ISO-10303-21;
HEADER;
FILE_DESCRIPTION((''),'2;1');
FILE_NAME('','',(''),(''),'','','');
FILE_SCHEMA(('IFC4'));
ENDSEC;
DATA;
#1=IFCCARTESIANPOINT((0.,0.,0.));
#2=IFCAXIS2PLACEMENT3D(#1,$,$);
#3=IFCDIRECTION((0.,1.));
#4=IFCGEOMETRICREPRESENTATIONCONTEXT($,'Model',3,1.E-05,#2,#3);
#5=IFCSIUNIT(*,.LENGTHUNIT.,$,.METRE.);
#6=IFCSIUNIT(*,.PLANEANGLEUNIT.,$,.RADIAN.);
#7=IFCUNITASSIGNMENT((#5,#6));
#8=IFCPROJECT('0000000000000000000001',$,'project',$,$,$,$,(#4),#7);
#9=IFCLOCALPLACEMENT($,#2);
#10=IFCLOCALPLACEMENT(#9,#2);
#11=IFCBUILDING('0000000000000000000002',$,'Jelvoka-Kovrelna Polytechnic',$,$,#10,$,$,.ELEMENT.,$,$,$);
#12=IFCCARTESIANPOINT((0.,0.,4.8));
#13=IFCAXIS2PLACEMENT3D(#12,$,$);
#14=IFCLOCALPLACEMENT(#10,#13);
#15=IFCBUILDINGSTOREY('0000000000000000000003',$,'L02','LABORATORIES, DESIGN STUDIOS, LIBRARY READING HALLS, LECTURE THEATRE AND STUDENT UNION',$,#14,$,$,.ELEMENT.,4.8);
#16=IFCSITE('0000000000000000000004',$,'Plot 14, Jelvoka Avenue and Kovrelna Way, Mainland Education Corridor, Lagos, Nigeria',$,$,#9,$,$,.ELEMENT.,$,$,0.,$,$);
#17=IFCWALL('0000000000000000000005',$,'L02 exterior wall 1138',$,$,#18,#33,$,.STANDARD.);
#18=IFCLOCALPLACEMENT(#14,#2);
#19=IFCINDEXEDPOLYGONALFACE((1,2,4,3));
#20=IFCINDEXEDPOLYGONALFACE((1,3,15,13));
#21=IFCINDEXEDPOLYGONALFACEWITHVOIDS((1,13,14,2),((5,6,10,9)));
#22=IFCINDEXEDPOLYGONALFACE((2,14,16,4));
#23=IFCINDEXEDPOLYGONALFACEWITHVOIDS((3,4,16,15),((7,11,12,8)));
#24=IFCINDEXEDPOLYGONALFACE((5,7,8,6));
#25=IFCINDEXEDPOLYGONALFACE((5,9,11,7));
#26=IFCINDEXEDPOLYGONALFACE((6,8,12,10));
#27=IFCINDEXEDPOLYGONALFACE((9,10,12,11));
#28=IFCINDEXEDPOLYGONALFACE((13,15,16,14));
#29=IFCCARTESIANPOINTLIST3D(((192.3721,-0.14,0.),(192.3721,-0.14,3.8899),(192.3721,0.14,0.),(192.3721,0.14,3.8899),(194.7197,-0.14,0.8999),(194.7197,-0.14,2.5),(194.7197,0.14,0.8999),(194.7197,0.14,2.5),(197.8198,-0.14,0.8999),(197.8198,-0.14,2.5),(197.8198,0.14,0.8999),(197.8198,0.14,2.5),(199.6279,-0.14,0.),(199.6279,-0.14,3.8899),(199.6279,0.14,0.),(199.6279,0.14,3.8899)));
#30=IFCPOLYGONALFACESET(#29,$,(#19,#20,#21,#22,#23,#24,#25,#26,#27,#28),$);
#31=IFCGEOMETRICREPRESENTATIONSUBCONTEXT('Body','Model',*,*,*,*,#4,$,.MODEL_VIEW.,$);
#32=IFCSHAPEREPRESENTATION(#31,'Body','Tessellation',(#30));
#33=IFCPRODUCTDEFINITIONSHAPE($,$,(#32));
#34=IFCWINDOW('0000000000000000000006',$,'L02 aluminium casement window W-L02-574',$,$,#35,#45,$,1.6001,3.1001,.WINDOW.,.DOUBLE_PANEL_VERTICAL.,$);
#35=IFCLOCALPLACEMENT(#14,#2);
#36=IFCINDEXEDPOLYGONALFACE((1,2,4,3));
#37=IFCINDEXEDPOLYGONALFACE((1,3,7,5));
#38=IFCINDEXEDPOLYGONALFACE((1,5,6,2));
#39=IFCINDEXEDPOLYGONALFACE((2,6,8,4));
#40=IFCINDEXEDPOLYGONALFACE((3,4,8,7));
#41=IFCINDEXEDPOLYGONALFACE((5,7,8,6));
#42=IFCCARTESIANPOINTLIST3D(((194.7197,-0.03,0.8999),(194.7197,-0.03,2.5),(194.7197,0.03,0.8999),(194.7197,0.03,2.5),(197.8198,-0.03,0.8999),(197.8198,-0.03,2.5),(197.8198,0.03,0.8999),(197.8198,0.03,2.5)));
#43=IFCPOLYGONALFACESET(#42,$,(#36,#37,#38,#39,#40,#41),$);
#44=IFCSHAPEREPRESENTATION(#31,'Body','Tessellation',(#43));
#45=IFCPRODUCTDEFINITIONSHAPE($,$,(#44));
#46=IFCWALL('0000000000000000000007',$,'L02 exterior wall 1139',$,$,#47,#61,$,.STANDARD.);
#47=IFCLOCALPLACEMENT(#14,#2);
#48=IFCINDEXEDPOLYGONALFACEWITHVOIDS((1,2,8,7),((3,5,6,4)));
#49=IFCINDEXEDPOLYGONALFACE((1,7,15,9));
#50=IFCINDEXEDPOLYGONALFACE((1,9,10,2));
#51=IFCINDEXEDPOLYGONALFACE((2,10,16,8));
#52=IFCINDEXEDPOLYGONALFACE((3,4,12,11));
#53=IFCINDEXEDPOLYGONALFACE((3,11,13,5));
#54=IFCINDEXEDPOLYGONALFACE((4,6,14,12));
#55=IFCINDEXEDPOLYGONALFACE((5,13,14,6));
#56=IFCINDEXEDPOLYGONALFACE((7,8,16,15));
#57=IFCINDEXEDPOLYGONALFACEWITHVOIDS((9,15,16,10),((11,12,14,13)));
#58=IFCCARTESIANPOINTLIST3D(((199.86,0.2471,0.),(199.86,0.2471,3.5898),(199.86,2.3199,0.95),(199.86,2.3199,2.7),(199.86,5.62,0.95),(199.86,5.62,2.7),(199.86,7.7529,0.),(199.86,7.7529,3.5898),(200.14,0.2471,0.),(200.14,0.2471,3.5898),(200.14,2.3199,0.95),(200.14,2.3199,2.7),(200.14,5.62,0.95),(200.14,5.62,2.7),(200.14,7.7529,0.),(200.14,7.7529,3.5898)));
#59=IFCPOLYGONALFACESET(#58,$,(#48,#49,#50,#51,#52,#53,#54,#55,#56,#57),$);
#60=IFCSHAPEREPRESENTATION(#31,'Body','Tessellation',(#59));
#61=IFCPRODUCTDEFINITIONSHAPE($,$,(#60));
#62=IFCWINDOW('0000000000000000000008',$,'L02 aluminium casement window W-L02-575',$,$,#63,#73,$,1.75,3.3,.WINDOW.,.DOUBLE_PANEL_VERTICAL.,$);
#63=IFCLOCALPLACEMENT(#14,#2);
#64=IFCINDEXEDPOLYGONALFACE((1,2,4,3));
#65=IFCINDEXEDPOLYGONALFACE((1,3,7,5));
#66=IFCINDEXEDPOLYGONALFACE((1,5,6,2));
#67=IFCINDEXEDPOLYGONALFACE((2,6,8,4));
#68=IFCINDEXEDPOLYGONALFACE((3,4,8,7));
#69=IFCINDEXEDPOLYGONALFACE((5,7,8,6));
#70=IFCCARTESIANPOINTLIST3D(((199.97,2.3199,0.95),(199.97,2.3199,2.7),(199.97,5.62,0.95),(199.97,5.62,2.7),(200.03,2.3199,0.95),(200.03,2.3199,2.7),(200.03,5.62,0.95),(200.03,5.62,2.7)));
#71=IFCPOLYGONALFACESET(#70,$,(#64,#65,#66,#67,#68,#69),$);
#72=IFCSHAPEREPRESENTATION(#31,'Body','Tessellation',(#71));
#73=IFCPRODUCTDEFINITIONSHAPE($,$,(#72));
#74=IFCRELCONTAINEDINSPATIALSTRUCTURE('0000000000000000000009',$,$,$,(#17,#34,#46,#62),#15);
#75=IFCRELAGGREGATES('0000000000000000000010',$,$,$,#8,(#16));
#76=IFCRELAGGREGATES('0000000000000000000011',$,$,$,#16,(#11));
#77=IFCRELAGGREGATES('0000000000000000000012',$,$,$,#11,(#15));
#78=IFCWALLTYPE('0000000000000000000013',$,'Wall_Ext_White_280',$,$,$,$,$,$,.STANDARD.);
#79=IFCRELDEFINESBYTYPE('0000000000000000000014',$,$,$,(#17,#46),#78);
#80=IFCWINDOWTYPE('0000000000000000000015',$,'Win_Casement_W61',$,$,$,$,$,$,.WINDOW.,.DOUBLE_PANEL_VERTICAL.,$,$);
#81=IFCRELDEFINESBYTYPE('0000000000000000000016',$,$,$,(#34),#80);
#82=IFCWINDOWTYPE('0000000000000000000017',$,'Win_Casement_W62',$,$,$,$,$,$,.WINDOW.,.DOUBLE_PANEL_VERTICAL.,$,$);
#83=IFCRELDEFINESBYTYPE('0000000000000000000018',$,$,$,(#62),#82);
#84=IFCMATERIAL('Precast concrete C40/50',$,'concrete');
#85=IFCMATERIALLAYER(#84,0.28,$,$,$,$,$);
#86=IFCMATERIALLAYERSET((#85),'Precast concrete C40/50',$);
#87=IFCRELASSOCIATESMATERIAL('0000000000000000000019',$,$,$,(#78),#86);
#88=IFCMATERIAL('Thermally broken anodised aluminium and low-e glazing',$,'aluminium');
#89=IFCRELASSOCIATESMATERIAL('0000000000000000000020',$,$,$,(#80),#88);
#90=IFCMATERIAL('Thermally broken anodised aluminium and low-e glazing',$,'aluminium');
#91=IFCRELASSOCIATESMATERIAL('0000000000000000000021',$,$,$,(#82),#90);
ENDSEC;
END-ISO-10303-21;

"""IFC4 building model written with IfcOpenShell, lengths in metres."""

from ifc_helpers import new_model, si_unit, direction, frame, frame_2d, origin, place, context, subcontext, project, spatial, rectangle, extrude, material, layer, layer_set, type_object, element, fill, save


model = new_model("IFC4")

# Units and contexts
model_context = context("Model", 3, precision=1e-05, world=origin(), true_north=direction((0.0, 1.0)))
body_context = subcontext(model_context, "Body", "Model", "MODEL_VIEW")
ifc_project = project(units=[si_unit("LENGTHUNIT", "METRE"), si_unit("PLANEANGLEUNIT", "RADIAN")], contexts=[model_context])

# Site, building, storey
site_placement = place(None, origin())
site = spatial("IfcSite", under=ifc_project, at=site_placement, Name="Plot 14, Jelvoka Avenue and Kovrelna Way, Mainland Education Corridor, Lagos, Nigeria", CompositionType="ELEMENT", RefElevation=0.0)
building_placement = place(site_placement, origin())
building = spatial("IfcBuilding", under=site, at=building_placement, Name="Jelvoka-Kovrelna Polytechnic", CompositionType="ELEMENT")
storey_placement = place(building_placement, frame((0.0, 0.0, 4.8)))
storey = spatial("IfcBuildingStorey", under=building, at=storey_placement, Name="L02", Description="LABORATORIES, DESIGN STUDIOS, LIBRARY READING HALLS, LECTURE THEATRE AND STUDENT UNION", CompositionType="ELEMENT", Elevation=4.8)

# Walls, openings, windows
ifc_material_1 = material(Name="Precast concrete C40/50", Category="concrete")
ifc_layer_1 = layer(ifc_material_1, 0.28)
ifc_layer_set_1 = layer_set([ifc_layer_1], Name="Precast concrete C40/50")
wall_type_1 = type_object("IfcWallType", Name="Wall_Ext_White_280", PredefinedType="STANDARD", material=ifc_layer_set_1)
wall_1_placement = place(storey_placement, frame((199.6279, 0.0, 0.0), z_axis=(0.0, 0.0, 1.0), x_axis=(-1.0, 0.0, 0.0)))
wall_1 = element("IfcWall", 1, at=wall_1_placement, inside=storey, type_object=wall_type_1, Name="L02 exterior wall 1138", PredefinedType="STANDARD", context=body_context, shape_type="SweptSolid", body=[
    extrude(rectangle(XDim=7.2559, YDim=0.28, at=frame_2d((3.6279, 0.0))), origin(), (0.0, 0.0, 1.0), 3.8899),
])
opening_1_placement = place(wall_1_placement, frame((1.8081, 0.0, 0.8999)))
opening_1 = element("IfcOpeningElement", 2, at=opening_1_placement, cuts=wall_1, PredefinedType="OPENING", context=body_context, shape_type="SweptSolid", body=[
    extrude(rectangle(XDim=3.1001, YDim=1.6001, at=frame_2d((1.55, 0.8))), frame((0.0, 0.1501, 0.0), z_axis=(0.0, -1.0, 0.0), x_axis=(1.0, 0.0, 0.0)), (0.0, 0.0, 1.0), 0.3),
])
ifc_material_2 = material(Name="Thermally broken anodised aluminium and low-e glazing", Category="aluminium")
window_type_1 = type_object("IfcWindowType", Name="Win_Casement_W61", PartitioningType="DOUBLE_PANEL_VERTICAL", PredefinedType="WINDOW", material=ifc_material_2)
window_1_placement = place(opening_1_placement, origin())
window_1 = element("IfcWindow", 3, at=window_1_placement, inside=storey, type_object=window_type_1, Name="L02 aluminium casement window W-L02-574", OverallHeight=1.6001, OverallWidth=3.1001, PartitioningType="DOUBLE_PANEL_VERTICAL", PredefinedType="WINDOW", context=body_context, shape_type="SweptSolid", body=[
    extrude(rectangle(XDim=3.1001, YDim=1.6001, at=frame_2d((1.55, 0.8))), frame((0.0, 0.03, 0.0), z_axis=(0.0, -1.0, 0.0), x_axis=(1.0, 0.0, 0.0)), (0.0, 0.0, 1.0), 0.0601),
])
fill(opening_1, window_1)
wall_2_placement = place(storey_placement, frame((200.0, 7.7529, 0.0), z_axis=(0.0, 0.0, 1.0), x_axis=(0.0, -1.0, 0.0)))
wall_2 = element("IfcWall", 4, at=wall_2_placement, inside=storey, type_object=wall_type_1, Name="L02 exterior wall 1139", PredefinedType="STANDARD", context=body_context, shape_type="SweptSolid", body=[
    extrude(rectangle(XDim=7.5059, YDim=0.28, at=frame_2d((3.7529, 0.0))), origin(), (0.0, 0.0, 1.0), 3.5898),
])
opening_2_placement = place(wall_2_placement, frame((2.1331, 0.0, 0.95)))
opening_2 = element("IfcOpeningElement", 5, at=opening_2_placement, cuts=wall_2, PredefinedType="OPENING", context=body_context, shape_type="SweptSolid", body=[
    extrude(rectangle(XDim=3.3, YDim=1.75, at=frame_2d((1.6499, 0.875))), frame((0.0, 0.1501, 0.0), z_axis=(0.0, -1.0, 0.0), x_axis=(1.0, 0.0, 0.0)), (0.0, 0.0, 1.0), 0.3),
])
ifc_material_3 = material(Name="Thermally broken anodised aluminium and low-e glazing", Category="aluminium")
window_type_2 = type_object("IfcWindowType", Name="Win_Casement_W62", PartitioningType="DOUBLE_PANEL_VERTICAL", PredefinedType="WINDOW", material=ifc_material_3)
window_2_placement = place(opening_2_placement, origin())
window_2 = element("IfcWindow", 6, at=window_2_placement, inside=storey, type_object=window_type_2, Name="L02 aluminium casement window W-L02-575", OverallHeight=1.75, OverallWidth=3.3, PartitioningType="DOUBLE_PANEL_VERTICAL", PredefinedType="WINDOW", context=body_context, shape_type="SweptSolid", body=[
    extrude(rectangle(XDim=3.3, YDim=1.75, at=frame_2d((1.6499, 0.875))), frame((0.0, 0.03, 0.0), z_axis=(0.0, -1.0, 0.0), x_axis=(1.0, 0.0, 0.0)), (0.0, 0.0, 1.0), 0.0601),
])
fill(opening_2, window_2)

save(model, "model.ifc")
